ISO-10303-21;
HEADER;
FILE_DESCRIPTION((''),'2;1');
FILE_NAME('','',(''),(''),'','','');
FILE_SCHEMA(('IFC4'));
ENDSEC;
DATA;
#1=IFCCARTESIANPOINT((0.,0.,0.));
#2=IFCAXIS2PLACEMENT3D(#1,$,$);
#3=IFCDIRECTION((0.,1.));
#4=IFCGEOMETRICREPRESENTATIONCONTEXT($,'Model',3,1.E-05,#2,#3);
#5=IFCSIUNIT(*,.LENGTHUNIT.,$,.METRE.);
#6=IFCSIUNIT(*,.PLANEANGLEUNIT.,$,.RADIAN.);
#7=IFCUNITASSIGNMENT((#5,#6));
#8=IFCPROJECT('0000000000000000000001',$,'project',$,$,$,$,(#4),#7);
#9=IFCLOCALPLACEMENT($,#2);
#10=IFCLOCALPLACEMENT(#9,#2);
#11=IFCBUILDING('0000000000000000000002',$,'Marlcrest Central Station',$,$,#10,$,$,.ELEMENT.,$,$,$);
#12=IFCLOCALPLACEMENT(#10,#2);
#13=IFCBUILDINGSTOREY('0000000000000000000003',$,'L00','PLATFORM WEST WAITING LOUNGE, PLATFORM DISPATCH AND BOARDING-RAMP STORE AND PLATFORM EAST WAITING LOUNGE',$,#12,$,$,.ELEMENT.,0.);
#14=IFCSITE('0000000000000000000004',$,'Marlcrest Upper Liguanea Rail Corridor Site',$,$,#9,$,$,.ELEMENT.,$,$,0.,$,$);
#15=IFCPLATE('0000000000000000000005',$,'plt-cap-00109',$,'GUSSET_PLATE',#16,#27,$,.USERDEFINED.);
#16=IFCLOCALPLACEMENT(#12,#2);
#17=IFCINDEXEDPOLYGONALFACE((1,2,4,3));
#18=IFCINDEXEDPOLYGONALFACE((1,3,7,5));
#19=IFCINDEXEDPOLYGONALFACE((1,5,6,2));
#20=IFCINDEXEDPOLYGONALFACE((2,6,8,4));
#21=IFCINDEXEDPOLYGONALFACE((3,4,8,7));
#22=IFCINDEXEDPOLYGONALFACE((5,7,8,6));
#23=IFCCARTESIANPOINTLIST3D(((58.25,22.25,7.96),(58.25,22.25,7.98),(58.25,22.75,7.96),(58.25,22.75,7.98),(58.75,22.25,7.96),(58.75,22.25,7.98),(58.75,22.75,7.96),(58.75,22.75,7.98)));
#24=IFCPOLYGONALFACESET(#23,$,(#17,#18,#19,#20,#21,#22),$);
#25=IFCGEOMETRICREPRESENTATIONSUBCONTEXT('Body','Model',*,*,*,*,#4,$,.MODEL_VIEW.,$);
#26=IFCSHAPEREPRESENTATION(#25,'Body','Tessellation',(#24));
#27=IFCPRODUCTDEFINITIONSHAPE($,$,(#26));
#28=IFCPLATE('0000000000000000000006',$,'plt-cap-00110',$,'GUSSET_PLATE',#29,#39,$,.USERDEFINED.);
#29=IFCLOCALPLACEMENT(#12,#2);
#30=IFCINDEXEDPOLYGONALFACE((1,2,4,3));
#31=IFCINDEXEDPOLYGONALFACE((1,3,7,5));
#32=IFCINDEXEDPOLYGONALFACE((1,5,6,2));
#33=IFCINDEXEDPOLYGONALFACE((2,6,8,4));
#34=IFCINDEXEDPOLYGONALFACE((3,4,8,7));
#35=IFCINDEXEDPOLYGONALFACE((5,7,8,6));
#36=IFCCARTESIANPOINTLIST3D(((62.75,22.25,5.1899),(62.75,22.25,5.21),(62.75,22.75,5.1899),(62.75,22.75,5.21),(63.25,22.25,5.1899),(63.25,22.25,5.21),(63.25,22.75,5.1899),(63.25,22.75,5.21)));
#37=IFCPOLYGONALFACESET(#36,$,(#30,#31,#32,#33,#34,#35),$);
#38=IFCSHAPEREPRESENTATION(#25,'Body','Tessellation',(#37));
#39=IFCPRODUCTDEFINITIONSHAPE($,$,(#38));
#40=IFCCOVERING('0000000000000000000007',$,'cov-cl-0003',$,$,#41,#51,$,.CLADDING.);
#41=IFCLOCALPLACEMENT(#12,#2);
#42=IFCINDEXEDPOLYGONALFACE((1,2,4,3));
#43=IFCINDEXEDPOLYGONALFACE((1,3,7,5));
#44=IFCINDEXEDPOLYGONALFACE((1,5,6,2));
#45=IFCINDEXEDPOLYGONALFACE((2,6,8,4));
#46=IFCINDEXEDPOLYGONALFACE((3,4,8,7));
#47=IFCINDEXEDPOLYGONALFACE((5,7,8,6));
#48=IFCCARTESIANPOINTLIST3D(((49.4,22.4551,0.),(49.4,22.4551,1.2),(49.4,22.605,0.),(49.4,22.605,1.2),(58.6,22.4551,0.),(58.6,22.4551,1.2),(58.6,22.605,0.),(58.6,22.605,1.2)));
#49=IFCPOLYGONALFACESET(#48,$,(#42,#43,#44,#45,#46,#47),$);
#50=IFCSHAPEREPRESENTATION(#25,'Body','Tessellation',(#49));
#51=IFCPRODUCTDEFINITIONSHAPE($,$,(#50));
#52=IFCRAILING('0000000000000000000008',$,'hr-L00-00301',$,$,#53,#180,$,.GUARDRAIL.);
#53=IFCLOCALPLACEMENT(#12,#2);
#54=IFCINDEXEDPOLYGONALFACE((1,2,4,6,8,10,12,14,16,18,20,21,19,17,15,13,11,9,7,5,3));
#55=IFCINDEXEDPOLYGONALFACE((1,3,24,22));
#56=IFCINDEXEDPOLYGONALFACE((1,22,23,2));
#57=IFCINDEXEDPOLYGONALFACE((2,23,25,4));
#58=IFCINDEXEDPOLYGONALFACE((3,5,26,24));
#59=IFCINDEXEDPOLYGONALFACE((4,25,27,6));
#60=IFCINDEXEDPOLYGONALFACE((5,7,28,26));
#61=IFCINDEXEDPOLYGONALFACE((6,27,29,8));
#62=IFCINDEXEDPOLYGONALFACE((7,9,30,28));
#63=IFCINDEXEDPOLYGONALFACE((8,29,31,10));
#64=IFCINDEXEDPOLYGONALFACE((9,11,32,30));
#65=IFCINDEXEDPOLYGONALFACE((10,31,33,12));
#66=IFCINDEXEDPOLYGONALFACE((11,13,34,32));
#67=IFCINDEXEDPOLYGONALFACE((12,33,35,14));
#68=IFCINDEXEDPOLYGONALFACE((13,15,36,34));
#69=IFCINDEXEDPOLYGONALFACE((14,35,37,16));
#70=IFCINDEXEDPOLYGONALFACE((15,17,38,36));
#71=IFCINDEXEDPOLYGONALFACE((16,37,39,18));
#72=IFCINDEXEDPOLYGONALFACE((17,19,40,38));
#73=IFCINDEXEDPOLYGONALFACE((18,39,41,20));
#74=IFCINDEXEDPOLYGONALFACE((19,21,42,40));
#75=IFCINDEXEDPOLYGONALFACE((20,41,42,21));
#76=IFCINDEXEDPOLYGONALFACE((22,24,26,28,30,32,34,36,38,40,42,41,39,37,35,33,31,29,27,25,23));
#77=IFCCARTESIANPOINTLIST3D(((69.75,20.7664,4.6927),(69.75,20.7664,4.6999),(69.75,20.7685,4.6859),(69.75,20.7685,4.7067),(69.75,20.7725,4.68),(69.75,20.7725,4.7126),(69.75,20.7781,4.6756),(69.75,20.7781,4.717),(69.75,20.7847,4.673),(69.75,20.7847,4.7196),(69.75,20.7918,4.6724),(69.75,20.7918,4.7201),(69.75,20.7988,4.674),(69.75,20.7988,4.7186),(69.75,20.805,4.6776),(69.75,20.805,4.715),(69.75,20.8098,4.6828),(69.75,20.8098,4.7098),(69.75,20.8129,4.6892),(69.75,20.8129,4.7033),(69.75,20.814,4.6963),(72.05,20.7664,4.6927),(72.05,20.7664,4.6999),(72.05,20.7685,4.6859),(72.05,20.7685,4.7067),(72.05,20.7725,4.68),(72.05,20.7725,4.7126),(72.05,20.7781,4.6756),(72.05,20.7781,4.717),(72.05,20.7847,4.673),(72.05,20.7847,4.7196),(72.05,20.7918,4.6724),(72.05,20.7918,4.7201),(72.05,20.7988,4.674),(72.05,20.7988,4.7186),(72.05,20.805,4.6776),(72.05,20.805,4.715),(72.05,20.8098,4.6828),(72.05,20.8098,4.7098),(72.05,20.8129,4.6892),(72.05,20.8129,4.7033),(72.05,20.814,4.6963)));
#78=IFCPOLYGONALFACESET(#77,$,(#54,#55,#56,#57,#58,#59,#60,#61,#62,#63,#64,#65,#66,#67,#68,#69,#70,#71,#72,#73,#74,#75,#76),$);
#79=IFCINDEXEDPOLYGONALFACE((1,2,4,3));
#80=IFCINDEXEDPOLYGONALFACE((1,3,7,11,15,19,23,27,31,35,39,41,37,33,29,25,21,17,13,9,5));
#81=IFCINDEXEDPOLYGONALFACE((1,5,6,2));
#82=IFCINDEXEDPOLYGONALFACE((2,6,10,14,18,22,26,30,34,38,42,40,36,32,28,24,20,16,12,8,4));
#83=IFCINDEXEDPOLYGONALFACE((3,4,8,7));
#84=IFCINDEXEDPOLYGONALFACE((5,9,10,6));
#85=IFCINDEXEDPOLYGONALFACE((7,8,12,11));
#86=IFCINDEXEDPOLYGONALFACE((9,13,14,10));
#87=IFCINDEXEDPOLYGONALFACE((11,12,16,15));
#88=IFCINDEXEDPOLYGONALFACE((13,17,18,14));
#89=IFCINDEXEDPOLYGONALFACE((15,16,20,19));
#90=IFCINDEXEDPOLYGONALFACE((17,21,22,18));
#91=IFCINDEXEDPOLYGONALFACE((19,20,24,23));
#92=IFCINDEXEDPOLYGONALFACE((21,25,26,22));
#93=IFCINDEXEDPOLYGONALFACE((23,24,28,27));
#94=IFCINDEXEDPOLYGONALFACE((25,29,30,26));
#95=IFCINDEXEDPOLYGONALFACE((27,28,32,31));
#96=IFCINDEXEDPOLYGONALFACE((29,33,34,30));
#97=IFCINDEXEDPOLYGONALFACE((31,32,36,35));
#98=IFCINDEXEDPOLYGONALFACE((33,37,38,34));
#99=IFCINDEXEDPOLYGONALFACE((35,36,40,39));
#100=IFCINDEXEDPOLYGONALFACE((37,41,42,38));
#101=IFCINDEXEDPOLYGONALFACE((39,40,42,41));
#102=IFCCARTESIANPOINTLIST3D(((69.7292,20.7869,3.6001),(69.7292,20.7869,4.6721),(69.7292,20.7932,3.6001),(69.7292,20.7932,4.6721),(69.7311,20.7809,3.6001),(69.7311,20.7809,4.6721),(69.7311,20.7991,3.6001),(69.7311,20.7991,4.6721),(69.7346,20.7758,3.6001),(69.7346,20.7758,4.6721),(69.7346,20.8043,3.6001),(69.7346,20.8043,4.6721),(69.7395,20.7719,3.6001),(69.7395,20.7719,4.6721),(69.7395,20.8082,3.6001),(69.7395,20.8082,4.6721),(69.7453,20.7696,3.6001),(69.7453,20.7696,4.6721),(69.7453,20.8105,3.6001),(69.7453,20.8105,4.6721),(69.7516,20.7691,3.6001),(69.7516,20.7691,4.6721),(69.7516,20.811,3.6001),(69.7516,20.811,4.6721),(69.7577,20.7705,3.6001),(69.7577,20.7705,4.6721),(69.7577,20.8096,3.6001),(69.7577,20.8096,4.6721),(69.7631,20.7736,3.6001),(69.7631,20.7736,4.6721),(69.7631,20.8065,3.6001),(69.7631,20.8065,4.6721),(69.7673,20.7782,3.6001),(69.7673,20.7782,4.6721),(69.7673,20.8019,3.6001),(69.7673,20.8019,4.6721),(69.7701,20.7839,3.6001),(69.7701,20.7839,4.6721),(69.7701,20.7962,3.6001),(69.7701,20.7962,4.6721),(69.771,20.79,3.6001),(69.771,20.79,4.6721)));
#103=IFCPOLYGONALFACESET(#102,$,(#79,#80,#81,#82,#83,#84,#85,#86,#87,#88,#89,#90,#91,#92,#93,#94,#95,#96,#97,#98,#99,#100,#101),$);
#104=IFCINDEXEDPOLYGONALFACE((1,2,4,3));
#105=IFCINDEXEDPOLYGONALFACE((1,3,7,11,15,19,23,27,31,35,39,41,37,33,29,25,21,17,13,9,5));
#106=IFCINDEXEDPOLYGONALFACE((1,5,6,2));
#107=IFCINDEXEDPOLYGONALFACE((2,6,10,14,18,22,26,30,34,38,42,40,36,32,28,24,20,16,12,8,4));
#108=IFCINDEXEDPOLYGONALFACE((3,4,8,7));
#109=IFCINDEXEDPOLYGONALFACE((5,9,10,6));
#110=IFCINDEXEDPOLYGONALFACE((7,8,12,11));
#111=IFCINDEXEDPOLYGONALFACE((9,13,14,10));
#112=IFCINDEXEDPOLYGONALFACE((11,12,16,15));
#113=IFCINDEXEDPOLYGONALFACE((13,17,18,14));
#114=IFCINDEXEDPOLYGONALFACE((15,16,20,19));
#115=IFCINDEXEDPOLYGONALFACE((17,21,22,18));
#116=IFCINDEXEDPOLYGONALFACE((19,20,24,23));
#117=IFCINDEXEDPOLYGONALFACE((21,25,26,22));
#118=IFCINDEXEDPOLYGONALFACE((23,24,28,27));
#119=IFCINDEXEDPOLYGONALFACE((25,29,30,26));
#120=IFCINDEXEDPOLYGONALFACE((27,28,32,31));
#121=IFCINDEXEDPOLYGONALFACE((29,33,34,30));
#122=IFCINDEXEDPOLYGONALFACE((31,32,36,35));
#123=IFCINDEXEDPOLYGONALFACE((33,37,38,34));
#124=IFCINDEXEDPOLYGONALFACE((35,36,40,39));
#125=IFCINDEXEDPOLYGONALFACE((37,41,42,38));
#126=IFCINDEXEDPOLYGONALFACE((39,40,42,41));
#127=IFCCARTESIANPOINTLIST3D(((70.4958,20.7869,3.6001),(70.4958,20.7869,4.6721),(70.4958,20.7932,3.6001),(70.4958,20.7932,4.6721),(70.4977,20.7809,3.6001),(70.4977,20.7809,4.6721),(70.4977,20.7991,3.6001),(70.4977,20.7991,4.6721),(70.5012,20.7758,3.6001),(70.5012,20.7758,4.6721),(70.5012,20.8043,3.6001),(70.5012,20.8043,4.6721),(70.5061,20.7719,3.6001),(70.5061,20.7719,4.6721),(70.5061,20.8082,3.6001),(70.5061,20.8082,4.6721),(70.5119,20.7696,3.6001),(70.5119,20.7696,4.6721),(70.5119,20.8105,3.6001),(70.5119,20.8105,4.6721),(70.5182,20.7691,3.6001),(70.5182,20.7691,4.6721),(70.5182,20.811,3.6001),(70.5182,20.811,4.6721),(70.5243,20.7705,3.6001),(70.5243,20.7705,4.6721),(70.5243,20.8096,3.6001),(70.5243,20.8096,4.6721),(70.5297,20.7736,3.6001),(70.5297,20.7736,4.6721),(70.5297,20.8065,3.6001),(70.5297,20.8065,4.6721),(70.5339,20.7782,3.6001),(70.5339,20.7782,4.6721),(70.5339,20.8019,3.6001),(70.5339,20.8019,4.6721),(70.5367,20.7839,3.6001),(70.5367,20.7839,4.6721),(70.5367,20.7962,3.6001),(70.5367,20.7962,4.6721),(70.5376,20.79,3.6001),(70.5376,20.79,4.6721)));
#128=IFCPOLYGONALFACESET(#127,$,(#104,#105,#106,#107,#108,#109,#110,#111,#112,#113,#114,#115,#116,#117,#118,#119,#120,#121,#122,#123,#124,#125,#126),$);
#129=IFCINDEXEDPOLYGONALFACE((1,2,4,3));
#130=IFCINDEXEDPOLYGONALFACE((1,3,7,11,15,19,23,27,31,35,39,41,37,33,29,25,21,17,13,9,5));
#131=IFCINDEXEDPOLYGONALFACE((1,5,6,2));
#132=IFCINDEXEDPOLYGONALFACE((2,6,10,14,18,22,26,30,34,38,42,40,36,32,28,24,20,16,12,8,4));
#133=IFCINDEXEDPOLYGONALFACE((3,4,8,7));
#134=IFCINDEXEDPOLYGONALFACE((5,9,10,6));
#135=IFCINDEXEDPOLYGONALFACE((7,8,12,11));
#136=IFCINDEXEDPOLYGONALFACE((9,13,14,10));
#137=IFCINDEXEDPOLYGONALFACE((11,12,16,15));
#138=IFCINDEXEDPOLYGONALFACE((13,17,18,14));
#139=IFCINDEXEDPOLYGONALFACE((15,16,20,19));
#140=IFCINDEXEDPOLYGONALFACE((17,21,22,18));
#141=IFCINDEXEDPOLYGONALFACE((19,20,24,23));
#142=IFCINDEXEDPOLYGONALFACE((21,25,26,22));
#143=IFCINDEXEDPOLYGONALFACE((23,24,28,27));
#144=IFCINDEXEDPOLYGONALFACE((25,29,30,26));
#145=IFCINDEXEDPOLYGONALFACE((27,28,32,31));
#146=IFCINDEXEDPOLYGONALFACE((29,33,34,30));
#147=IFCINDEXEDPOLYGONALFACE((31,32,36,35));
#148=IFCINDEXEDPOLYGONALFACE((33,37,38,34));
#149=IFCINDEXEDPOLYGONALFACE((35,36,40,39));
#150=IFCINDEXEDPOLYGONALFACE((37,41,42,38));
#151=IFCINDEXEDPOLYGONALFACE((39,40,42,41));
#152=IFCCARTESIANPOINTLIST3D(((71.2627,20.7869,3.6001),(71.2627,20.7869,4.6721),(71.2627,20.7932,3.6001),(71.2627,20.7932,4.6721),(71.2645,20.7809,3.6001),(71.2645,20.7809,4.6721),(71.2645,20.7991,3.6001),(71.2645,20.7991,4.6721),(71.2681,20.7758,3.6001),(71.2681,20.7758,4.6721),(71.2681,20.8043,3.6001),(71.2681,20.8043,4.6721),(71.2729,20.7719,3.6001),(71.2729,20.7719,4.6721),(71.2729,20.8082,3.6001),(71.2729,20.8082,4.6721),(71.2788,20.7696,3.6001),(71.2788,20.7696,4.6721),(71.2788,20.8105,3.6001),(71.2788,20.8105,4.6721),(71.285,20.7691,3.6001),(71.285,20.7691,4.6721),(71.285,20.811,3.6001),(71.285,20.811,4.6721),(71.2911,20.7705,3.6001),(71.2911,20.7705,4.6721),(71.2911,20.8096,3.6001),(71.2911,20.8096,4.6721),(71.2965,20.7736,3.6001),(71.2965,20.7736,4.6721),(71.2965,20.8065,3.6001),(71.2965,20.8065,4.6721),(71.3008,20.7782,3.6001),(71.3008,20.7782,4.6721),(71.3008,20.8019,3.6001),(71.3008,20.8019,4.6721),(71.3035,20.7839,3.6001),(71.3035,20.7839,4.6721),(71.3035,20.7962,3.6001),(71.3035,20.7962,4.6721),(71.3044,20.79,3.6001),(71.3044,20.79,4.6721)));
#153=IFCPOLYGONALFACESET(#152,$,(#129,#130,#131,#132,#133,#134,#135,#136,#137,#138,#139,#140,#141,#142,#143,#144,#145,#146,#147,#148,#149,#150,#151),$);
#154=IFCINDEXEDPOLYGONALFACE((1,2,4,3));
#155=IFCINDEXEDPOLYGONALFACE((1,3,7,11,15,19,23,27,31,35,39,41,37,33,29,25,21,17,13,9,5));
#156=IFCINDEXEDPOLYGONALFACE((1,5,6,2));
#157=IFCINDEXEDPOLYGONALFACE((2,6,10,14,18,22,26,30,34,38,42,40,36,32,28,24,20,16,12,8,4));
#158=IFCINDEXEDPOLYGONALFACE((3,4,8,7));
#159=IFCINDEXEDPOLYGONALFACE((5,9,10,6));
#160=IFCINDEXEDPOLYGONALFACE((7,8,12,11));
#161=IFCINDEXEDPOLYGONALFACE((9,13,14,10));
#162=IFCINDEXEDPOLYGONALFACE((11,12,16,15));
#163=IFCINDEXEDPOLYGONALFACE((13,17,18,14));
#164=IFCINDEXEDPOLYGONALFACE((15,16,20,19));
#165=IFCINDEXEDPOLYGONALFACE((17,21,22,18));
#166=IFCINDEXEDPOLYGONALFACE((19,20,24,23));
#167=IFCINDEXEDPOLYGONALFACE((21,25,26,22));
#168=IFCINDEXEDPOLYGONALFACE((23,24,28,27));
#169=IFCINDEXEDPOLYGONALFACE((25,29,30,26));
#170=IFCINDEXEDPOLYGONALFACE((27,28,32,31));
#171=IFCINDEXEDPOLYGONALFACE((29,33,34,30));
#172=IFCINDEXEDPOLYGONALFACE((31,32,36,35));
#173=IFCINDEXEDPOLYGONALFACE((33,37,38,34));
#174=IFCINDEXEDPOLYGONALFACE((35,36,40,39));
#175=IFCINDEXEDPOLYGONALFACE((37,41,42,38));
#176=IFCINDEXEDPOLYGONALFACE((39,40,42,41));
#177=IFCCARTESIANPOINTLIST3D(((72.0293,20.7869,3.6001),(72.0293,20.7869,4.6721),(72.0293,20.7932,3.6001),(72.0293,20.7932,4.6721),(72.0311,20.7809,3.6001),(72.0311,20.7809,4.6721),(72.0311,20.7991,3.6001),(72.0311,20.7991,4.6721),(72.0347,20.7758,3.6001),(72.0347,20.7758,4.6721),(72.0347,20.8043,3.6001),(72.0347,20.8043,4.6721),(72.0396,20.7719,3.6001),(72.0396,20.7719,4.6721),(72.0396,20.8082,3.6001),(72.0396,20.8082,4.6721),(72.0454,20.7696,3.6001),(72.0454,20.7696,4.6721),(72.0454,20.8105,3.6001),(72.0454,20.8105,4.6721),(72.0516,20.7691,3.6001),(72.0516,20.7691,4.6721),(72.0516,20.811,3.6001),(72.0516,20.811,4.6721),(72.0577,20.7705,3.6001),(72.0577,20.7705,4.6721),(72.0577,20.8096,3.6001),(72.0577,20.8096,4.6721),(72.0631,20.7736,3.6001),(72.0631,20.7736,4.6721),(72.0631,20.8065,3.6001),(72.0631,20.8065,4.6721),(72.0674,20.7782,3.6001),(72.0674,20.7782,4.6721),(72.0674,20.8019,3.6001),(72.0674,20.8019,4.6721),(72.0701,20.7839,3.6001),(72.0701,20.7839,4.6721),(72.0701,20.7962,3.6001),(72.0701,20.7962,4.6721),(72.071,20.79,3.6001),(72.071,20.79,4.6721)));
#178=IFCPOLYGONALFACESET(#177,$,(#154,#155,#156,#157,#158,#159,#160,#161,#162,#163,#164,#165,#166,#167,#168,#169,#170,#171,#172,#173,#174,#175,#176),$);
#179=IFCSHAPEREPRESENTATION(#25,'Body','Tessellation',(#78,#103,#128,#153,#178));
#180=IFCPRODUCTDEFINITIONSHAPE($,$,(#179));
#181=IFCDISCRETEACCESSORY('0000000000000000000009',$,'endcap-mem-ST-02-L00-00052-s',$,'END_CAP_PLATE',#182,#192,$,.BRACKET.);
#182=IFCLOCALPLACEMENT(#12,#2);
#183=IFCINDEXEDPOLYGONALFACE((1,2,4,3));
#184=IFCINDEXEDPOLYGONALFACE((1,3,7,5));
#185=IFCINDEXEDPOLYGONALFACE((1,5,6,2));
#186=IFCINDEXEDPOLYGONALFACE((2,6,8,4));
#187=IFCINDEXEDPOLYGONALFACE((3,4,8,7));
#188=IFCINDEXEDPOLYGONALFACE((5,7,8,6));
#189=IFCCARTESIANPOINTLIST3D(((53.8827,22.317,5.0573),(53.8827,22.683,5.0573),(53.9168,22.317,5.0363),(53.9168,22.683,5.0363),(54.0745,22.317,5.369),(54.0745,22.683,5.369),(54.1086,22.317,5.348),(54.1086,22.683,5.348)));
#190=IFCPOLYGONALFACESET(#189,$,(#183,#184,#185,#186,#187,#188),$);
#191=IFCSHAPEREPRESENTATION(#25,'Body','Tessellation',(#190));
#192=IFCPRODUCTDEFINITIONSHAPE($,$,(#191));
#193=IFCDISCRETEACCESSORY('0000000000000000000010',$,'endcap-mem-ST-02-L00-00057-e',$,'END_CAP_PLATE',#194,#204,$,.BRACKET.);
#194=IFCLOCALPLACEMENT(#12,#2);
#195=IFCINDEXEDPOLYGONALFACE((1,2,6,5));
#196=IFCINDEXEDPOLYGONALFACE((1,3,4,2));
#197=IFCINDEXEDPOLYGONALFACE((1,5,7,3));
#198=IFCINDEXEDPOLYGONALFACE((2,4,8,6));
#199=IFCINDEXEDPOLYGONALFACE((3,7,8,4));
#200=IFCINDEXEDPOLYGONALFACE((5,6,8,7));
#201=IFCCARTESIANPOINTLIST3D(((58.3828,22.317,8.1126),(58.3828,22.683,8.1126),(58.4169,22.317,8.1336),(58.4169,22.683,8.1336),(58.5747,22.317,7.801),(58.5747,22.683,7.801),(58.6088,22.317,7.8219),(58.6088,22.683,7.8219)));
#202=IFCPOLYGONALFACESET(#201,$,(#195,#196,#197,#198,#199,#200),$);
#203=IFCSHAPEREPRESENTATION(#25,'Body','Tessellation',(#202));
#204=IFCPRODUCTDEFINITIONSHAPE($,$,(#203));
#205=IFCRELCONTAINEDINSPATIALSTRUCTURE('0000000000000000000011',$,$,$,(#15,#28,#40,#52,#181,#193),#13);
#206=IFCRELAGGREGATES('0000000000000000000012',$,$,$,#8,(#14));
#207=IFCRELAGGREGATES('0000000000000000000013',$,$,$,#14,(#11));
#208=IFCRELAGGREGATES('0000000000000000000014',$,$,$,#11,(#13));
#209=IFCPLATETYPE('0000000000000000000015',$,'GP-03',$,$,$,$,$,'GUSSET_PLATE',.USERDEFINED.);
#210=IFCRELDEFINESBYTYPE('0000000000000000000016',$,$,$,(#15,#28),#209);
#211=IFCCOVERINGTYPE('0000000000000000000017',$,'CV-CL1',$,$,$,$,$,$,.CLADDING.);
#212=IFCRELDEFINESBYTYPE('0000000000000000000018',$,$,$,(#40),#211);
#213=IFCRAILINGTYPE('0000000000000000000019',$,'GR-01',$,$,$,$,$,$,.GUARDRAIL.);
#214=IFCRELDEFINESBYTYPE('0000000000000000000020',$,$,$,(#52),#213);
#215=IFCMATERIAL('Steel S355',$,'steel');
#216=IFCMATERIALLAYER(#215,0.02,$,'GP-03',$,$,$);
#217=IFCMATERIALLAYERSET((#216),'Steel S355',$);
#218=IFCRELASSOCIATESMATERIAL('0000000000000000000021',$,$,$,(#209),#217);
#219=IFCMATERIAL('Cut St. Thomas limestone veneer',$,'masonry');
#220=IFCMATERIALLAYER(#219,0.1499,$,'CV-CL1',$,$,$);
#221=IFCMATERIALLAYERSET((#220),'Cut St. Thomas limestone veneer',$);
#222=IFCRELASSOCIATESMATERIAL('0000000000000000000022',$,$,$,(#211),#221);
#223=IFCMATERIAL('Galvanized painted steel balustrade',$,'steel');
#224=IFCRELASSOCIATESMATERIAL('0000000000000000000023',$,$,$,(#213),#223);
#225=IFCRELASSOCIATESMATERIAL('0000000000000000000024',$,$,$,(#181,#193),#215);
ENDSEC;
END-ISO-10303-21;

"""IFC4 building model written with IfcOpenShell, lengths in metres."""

from ifc_helpers import new_model, si_unit, direction, frame, origin, origin_2d, place, context, subcontext, project, spatial, rectangle, circle, extrude, material, layer, layer_set, type_object, element, save


model = new_model("IFC4")

# Units and contexts
model_context = context("Model", 3, precision=1e-05, world=origin(), true_north=direction((0.0, 1.0)))
body_context = subcontext(model_context, "Body", "Model", "MODEL_VIEW")
ifc_project = project(units=[si_unit("LENGTHUNIT", "METRE"), si_unit("PLANEANGLEUNIT", "RADIAN")], contexts=[model_context])

# Site, building, storey
site_placement = place(None, origin())
site = spatial("IfcSite", under=ifc_project, at=site_placement, Name="Marlcrest Upper Liguanea Rail Corridor Site", CompositionType="ELEMENT", RefElevation=0.0)
building_placement = place(site_placement, origin())
building = spatial("IfcBuilding", under=site, at=building_placement, Name="Marlcrest Central Station", CompositionType="ELEMENT")
storey_placement = place(building_placement, origin())
storey = spatial("IfcBuildingStorey", under=building, at=storey_placement, Name="L00", Description="PLATFORM WEST WAITING LOUNGE, PLATFORM DISPATCH AND BOARDING-RAMP STORE AND PLATFORM EAST WAITING LOUNGE", CompositionType="ELEMENT", Elevation=0.0)

# Shared definitions
ifc_material_1 = material(Name="Steel S355", Category="steel")

# Plates
ifc_layer_1 = layer(ifc_material_1, 0.02, Name="GP-03")
ifc_layer_set_1 = layer_set([ifc_layer_1], Name="Steel S355")
plate_type_1 = type_object("IfcPlateType", Name="GP-03", ElementType="GUSSET_PLATE", PredefinedType="USERDEFINED", material=ifc_layer_set_1)
for number, where, z_axis, x_axis, name in (
    (1, (58.5, 22.5, 7.96), (0.0, 0.0, 1.0), (1.0, 0.0, 0.0), "plt-cap-00109"),
    (2, (63.0, 22.5, 5.1899), (0.0, 0.0, 1.0), (1.0, 0.0, 0.0), "plt-cap-00110"),
):
    element("IfcPlate", number, at=place(storey_placement, frame(where, z_axis=z_axis, x_axis=x_axis)), inside=storey, type_object=plate_type_1, Name=name, ObjectType="GUSSET_PLATE", PredefinedType="USERDEFINED", context=body_context, shape_type="SweptSolid", body=[
        extrude(rectangle(XDim=0.5, YDim=0.5, at=origin_2d()), origin(), (0.0, 0.0, 1.0), 0.02),
    ])

# Covering
ifc_material_2 = material(Name="Cut St. Thomas limestone veneer", Category="masonry")
ifc_layer_2 = layer(ifc_material_2, 0.1499, Name="CV-CL1")
ifc_layer_set_2 = layer_set([ifc_layer_2], Name="Cut St. Thomas limestone veneer")
covering_type = type_object("IfcCoveringType", Name="CV-CL1", PredefinedType="CLADDING", material=ifc_layer_set_2)
covering_placement = place(storey_placement, frame((54.0, 22.53, 0.0), z_axis=(0.0, 0.0, 1.0), x_axis=(1.0, 0.0, 0.0)))
element("IfcCovering", 3, at=covering_placement, inside=storey, type_object=covering_type, Name="cov-cl-0003", PredefinedType="CLADDING", context=body_context, shape_type="SweptSolid", body=[
    extrude(rectangle(XDim=9.2, YDim=0.1499, at=origin_2d()), origin(), (0.0, 0.0, 1.0), 1.2),
])

# Railing
ifc_material_3 = material(Name="Galvanized painted steel balustrade", Category="steel")
railing_type = type_object("IfcRailingType", Name="GR-01", PredefinedType="GUARDRAIL", material=ifc_material_3)
railing_1_placement = place(storey_placement, frame((69.75, 20.79, 3.6001)))
element("IfcRailing", 4, at=railing_1_placement, inside=storey, type_object=railing_type, Name="hr-L00-00301", PredefinedType="GUARDRAIL", context=body_context, shape_type="SweptSolid", body=[
    extrude(circle(Radius=0.0239, at=origin_2d()), frame((0.0, 0.0, 1.0962), z_axis=(1.0, 0.0, 0.0), x_axis=(0.0, 1.0, 0.0)), (0.0, 0.0, 1.0), 2.3),
    extrude(circle(Radius=0.021, at=origin_2d()), origin(), (0.0, 0.0, 1.0), 1.072),
    extrude(circle(Radius=0.021, at=origin_2d()), frame((0.7666, 0.0, 0.0)), (0.0, 0.0, 1.0), 1.072),
    extrude(circle(Radius=0.021, at=origin_2d()), frame((1.5334, 0.0, 0.0)), (0.0, 0.0, 1.0), 1.072),
    extrude(circle(Radius=0.021, at=origin_2d()), frame((2.3, 0.0, 0.0)), (0.0, 0.0, 1.0), 1.072),
])

# Discrete accessories
for number, where, z_axis, x_axis, name in (
    (5, (54.0127, 22.5, 5.1921), (-0.851592, 0.0, 0.524206), (0.0, -1.0, 0.0), "endcap-mem-ST-02-L00-00052-s"),
    (6, (58.4788, 22.5, 7.9568), (0.851592, 0.0, 0.524206), (0.0, 1.0, 0.0), "endcap-mem-ST-02-L00-00057-e"),
):
    element("IfcDiscreteAccessory", number, at=place(storey_placement, frame(where, z_axis=z_axis, x_axis=x_axis)), inside=storey, material=ifc_material_1, Name=name, ObjectType="END_CAP_PLATE", PredefinedType="BRACKET", context=body_context, shape_type="SweptSolid", body=[
        extrude(rectangle(XDim=0.366, YDim=0.366, at=origin_2d()), origin(), (0.0, 0.0, 1.0), 0.04),
    ])

save(model, "model.ifc")
